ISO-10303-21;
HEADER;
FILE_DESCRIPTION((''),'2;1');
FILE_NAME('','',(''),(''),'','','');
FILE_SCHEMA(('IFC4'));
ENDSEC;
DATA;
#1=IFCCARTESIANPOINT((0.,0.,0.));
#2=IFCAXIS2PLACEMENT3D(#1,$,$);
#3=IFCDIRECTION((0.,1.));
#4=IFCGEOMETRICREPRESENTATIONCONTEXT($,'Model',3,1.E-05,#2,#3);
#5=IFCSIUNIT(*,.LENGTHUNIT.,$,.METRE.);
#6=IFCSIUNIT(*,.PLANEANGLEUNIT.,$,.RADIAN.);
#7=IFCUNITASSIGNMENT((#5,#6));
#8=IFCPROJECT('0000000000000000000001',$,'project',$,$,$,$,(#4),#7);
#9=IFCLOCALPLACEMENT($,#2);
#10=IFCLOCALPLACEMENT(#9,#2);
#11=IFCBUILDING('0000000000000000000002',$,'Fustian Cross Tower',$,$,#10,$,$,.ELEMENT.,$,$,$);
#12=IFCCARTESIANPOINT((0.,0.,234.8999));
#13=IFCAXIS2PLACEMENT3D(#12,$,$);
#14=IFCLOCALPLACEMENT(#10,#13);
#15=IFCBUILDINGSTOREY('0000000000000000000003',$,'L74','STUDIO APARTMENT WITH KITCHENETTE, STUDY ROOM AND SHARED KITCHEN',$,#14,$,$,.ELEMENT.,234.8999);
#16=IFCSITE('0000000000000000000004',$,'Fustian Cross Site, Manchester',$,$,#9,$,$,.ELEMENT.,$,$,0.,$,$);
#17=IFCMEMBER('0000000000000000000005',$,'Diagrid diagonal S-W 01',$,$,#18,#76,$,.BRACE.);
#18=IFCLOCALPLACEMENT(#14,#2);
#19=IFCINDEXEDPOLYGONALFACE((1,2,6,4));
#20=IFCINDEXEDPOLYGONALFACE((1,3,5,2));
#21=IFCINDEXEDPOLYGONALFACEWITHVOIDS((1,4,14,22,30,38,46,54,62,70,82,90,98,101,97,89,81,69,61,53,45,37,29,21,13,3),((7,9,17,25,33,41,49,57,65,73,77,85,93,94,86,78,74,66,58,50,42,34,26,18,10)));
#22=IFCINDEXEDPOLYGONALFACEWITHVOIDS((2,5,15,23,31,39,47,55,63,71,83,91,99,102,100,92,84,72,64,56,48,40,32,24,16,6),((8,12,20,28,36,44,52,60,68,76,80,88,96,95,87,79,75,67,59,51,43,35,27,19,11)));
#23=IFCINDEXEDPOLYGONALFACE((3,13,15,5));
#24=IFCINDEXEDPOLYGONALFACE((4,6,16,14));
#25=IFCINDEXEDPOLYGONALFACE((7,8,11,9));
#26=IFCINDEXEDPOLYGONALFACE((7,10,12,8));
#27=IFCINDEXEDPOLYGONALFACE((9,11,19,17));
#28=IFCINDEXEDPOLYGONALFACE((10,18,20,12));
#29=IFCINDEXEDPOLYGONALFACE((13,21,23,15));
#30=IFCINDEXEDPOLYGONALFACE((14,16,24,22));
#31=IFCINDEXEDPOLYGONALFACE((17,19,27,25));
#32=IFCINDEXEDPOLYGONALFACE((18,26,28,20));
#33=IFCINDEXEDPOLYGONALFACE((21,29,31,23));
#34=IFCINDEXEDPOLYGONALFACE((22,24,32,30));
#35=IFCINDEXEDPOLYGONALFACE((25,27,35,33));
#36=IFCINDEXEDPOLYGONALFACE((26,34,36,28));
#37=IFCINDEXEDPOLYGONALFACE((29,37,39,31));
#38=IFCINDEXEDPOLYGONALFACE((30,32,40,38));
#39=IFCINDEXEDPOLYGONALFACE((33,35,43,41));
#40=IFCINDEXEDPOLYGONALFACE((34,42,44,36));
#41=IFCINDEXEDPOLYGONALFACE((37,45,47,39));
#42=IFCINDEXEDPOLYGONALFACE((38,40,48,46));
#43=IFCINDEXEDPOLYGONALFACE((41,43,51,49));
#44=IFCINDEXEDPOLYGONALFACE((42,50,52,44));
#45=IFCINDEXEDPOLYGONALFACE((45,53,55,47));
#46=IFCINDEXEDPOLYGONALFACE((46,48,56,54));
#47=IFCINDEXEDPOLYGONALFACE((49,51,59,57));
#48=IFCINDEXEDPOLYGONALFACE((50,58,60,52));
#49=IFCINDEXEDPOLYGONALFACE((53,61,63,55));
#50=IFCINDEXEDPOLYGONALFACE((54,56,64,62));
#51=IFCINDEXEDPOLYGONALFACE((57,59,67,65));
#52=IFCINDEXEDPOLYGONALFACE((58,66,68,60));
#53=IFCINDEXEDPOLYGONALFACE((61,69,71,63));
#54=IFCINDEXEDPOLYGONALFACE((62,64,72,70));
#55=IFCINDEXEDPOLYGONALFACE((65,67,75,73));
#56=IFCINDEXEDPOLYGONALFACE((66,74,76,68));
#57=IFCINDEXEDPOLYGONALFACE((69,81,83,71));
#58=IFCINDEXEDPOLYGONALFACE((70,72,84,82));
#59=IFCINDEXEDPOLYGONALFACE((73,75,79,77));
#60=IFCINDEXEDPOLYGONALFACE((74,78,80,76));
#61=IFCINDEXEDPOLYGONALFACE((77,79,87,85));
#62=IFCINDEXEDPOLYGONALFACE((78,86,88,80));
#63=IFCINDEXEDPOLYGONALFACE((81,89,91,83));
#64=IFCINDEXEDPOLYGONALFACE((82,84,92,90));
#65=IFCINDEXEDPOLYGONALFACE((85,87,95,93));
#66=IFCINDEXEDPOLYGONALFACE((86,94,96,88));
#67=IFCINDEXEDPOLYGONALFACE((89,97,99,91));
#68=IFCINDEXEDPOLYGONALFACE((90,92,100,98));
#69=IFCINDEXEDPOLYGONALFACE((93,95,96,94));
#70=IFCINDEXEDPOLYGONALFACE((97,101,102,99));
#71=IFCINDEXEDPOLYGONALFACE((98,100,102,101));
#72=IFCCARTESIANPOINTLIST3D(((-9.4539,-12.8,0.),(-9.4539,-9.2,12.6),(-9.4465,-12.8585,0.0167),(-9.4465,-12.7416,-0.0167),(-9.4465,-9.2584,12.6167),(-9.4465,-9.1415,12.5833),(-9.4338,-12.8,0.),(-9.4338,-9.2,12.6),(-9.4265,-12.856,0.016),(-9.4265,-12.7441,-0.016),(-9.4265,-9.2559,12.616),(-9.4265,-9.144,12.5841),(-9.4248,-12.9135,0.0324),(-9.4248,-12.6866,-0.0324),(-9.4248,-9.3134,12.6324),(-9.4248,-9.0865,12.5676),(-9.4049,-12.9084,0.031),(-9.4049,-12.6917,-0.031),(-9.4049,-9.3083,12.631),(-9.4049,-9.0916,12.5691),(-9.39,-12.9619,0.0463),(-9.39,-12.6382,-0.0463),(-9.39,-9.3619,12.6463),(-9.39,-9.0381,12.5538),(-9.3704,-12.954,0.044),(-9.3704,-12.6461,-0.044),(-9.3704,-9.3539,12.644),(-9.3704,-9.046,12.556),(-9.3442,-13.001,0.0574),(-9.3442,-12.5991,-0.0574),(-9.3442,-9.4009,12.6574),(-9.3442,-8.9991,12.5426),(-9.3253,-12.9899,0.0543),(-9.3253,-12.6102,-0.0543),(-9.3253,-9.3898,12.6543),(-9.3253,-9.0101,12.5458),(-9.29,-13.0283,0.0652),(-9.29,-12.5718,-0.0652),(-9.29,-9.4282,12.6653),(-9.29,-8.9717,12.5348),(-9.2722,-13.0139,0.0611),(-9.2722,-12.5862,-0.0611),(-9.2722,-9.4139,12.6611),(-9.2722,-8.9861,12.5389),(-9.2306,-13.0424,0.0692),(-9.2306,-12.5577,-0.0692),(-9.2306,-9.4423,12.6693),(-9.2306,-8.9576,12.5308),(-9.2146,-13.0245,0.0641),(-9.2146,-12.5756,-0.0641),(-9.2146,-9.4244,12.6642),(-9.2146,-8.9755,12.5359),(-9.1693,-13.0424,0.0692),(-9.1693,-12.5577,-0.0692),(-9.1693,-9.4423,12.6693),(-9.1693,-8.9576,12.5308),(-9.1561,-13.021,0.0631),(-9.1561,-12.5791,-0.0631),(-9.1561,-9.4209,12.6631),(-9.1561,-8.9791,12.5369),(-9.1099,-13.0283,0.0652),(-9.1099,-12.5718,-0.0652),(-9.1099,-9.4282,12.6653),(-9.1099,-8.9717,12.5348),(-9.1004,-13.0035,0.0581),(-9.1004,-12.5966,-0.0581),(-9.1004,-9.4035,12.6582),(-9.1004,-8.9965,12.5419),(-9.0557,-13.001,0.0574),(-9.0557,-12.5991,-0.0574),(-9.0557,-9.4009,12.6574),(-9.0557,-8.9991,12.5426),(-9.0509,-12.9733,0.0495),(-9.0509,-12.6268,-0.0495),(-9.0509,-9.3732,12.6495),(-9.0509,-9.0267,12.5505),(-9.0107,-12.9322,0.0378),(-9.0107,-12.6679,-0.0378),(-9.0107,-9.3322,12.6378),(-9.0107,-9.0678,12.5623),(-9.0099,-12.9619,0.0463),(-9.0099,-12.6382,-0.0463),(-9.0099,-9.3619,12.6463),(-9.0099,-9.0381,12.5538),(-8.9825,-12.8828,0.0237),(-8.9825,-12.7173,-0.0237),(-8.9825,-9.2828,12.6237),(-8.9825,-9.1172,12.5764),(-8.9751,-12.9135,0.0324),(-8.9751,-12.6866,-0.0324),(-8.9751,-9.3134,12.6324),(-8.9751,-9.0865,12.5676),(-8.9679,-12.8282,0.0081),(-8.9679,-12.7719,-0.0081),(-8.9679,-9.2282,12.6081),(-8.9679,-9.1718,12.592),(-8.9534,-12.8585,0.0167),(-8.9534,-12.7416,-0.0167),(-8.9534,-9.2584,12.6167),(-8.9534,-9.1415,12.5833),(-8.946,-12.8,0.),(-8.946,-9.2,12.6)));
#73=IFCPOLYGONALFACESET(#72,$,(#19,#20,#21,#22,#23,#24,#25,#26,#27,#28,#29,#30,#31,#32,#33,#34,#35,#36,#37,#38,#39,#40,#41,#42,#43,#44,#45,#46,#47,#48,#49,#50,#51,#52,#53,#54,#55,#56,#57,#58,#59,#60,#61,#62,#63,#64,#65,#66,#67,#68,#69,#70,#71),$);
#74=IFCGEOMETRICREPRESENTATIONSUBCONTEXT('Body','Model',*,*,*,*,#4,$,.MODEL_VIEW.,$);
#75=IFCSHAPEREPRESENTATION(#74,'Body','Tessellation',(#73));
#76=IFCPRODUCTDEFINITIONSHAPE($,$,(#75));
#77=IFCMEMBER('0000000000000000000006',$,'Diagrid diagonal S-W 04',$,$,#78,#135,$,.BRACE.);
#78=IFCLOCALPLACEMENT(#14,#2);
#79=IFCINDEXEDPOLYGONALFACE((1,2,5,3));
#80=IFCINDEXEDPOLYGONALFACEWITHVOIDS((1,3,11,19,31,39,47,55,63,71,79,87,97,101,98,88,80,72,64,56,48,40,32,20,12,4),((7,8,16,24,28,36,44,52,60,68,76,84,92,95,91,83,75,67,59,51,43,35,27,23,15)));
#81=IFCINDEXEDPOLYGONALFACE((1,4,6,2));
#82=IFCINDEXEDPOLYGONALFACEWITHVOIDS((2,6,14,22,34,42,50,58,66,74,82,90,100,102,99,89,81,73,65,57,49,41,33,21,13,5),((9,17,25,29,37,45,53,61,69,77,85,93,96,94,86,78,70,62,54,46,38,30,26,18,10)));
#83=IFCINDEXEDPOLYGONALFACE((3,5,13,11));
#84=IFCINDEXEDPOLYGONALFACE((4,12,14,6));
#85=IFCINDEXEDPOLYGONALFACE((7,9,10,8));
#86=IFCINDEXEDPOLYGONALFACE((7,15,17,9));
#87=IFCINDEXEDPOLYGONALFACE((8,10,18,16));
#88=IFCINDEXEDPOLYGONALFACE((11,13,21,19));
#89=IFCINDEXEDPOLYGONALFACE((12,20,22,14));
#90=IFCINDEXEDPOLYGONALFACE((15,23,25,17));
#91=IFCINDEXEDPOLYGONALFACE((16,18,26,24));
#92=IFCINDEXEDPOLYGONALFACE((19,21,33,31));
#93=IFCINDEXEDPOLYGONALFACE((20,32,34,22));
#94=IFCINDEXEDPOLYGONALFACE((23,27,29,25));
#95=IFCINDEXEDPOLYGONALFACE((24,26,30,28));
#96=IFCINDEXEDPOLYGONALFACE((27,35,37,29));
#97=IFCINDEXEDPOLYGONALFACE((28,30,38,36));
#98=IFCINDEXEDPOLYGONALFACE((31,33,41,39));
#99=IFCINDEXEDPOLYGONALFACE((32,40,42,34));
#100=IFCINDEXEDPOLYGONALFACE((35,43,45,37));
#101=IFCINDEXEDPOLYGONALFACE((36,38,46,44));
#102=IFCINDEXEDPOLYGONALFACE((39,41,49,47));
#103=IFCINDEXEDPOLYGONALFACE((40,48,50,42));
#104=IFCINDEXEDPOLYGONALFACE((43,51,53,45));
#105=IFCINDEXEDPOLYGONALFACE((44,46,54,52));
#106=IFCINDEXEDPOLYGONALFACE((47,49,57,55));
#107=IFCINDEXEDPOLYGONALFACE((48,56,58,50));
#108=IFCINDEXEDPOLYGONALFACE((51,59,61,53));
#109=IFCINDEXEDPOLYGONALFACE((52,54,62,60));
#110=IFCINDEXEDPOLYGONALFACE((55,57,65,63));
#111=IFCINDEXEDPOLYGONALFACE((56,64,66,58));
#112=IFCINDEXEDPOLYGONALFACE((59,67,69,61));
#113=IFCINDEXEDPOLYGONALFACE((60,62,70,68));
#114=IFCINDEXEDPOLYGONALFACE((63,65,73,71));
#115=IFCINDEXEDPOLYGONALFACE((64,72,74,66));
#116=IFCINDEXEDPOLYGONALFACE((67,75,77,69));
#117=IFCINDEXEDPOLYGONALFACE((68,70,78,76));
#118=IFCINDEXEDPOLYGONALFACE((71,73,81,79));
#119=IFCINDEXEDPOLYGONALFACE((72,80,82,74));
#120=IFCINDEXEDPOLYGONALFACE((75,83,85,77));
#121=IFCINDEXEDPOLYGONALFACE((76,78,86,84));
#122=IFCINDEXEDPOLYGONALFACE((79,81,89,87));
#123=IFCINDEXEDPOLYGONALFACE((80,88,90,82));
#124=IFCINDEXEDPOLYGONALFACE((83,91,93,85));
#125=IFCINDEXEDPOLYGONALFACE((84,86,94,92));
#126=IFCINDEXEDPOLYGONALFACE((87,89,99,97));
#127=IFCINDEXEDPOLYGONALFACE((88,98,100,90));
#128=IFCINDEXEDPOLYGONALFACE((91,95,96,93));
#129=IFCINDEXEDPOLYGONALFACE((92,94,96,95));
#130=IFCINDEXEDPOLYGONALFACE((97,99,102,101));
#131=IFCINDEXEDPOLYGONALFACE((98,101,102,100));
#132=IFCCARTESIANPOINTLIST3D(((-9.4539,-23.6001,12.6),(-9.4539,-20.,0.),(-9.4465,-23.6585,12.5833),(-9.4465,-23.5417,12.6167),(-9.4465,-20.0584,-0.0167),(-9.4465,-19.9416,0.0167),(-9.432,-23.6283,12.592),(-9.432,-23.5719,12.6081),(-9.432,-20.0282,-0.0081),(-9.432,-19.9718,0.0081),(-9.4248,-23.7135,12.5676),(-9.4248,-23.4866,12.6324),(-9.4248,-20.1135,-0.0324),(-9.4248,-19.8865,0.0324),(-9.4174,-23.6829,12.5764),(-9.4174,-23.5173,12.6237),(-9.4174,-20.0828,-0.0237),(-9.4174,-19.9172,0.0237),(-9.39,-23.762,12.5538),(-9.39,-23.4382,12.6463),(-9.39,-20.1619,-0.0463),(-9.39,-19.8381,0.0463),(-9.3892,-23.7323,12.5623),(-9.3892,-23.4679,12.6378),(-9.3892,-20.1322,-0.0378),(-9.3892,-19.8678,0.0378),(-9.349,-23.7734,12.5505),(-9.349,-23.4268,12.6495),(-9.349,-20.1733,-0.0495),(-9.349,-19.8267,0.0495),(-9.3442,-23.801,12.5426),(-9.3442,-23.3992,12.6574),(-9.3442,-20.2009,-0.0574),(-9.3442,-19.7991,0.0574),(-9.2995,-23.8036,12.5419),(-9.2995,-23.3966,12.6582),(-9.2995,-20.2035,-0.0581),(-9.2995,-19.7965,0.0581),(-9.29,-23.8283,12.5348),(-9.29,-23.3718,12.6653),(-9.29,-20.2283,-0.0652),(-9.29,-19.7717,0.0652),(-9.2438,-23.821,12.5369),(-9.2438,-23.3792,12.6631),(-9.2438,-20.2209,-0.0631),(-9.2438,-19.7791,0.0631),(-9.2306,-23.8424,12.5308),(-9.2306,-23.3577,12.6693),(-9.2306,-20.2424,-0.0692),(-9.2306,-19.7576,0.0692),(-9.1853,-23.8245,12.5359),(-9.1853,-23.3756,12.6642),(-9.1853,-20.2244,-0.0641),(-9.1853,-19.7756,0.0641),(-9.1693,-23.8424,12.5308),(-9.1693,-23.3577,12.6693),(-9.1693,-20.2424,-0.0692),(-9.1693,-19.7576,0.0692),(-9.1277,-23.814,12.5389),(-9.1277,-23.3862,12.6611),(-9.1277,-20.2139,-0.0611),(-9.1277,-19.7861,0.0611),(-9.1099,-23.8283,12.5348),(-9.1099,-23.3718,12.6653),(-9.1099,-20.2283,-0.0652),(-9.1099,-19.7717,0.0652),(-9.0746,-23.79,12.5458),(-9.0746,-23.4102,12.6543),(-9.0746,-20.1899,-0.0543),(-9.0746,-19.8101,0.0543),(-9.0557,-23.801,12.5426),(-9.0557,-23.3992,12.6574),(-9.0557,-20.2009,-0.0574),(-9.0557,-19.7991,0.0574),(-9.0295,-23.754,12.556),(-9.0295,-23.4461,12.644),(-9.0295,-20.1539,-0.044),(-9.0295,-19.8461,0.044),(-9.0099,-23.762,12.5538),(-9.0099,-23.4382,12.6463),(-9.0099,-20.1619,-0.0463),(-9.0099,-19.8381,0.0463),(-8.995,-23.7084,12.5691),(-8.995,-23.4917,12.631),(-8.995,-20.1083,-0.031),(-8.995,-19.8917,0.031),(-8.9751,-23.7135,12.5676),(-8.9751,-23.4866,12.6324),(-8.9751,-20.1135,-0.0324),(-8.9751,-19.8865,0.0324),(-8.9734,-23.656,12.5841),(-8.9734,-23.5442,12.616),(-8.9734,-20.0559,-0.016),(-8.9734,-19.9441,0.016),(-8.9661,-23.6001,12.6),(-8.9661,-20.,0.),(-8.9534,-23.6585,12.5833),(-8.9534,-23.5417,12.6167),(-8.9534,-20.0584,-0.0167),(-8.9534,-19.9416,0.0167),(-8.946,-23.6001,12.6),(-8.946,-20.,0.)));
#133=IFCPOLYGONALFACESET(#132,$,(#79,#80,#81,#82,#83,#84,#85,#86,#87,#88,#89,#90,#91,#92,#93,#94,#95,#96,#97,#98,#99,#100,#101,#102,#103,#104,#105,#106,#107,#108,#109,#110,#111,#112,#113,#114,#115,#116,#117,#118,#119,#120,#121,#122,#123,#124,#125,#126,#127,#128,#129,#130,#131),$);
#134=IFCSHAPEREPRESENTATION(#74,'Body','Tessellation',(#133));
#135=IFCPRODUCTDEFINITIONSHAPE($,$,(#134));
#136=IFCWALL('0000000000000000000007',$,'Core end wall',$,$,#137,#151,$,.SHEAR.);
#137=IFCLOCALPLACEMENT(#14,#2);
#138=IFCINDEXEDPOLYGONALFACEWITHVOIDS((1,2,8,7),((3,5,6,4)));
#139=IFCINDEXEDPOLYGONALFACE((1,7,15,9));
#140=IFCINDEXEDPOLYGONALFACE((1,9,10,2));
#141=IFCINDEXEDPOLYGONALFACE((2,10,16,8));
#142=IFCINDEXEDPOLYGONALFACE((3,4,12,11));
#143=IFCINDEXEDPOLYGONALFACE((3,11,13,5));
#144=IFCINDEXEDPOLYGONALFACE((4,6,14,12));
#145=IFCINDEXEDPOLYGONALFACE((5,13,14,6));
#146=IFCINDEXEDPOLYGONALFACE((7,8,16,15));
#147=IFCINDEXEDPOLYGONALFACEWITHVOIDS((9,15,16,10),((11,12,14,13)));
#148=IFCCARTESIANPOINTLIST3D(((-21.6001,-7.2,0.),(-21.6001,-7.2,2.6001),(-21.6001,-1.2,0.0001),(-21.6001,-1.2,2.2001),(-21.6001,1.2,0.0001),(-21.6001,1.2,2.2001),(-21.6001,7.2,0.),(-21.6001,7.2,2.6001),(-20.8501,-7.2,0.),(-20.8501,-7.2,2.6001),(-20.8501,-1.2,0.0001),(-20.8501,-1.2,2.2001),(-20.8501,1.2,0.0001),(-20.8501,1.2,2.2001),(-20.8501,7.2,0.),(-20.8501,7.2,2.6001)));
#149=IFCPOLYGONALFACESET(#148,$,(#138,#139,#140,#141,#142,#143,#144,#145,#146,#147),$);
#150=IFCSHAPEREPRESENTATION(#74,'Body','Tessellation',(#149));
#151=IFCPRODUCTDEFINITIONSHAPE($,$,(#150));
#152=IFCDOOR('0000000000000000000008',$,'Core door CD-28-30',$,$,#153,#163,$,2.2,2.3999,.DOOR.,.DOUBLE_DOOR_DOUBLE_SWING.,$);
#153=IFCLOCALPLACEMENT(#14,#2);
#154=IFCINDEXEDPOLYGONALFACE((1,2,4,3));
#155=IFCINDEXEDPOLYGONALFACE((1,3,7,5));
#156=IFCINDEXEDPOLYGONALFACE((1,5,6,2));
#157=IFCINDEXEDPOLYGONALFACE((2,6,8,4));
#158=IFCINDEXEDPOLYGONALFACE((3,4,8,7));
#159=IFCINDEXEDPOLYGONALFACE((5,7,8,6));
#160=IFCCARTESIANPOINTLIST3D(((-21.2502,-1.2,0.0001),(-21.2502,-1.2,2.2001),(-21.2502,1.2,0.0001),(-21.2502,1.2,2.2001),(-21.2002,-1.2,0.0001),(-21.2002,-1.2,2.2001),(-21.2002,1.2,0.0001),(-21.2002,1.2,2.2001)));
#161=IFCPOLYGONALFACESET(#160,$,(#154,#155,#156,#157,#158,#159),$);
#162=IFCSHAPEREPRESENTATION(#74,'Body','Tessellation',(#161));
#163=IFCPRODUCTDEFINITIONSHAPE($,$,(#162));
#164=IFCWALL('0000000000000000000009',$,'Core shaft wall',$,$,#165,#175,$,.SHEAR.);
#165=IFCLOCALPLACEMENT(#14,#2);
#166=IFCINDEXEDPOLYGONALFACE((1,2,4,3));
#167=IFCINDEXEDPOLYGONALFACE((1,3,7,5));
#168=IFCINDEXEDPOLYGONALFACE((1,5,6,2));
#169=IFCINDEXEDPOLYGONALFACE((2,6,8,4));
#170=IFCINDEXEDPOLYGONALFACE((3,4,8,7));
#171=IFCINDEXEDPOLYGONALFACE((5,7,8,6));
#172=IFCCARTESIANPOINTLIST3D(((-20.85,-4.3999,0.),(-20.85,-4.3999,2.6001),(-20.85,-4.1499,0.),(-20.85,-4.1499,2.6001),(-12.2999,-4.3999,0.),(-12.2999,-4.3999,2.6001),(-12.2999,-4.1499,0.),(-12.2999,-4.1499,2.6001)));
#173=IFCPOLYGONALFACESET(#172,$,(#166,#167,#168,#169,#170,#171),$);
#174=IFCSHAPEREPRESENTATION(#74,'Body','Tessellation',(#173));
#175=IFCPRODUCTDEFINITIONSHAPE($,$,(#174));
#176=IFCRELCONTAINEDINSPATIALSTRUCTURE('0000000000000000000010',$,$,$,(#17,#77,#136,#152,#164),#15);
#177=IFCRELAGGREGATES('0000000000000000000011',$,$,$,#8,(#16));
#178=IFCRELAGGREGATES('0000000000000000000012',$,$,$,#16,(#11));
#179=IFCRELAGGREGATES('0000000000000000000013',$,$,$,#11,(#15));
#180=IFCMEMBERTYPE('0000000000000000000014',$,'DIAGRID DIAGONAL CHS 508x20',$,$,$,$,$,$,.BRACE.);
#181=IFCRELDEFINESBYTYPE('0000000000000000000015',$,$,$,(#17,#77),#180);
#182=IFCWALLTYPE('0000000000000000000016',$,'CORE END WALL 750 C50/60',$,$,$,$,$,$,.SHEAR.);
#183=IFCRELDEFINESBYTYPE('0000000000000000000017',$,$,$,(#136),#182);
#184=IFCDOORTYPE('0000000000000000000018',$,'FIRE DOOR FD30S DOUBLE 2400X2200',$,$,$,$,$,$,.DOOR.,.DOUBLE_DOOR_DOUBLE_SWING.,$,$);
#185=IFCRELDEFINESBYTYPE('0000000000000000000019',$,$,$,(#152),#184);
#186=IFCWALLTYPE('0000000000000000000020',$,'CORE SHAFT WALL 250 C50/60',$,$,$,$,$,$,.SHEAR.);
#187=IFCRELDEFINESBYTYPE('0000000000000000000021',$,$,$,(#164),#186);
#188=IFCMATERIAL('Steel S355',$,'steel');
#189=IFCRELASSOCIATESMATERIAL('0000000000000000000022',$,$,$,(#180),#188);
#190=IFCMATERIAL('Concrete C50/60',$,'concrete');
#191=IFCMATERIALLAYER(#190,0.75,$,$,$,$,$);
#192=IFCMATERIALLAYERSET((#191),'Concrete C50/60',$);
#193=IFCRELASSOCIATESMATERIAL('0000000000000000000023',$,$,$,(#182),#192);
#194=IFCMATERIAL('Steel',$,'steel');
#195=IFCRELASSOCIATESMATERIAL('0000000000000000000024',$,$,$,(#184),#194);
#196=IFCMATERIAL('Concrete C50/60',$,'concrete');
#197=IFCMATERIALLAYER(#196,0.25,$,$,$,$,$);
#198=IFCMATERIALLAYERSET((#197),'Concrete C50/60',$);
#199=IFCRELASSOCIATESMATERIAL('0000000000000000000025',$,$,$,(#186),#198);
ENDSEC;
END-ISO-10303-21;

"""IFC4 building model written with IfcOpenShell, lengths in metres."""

from ifc_helpers import new_model, si_unit, direction, frame, frame_2d, origin, origin_2d, place, context, subcontext, project, spatial, rectangle, hollow_circle, extrude, material, layer, layer_set, material_profile, profile_set, type_object, element, fill, save


model = new_model("IFC4")

# Units and contexts
model_context = context("Model", 3, precision=1e-05, world=origin(), true_north=direction((0.0, 1.0)))
body_context = subcontext(model_context, "Body", "Model", "MODEL_VIEW")
ifc_project = project(units=[si_unit("LENGTHUNIT", "METRE"), si_unit("PLANEANGLEUNIT", "RADIAN")], contexts=[model_context])

# Site, building, storey
site_placement = place(None, origin())
site = spatial("IfcSite", under=ifc_project, at=site_placement, Name="Fustian Cross Site, Manchester", CompositionType="ELEMENT", RefElevation=0.0)
building_placement = place(site_placement, origin())
building = spatial("IfcBuilding", under=site, at=building_placement, Name="Fustian Cross Tower", CompositionType="ELEMENT")
storey_placement = place(building_placement, frame((0.0, 0.0, 234.8999)))
storey = spatial("IfcBuildingStorey", under=building, at=storey_placement, Name="L74", Description="STUDIO APARTMENT WITH KITCHENETTE, STUDY ROOM AND SHARED KITCHEN", CompositionType="ELEMENT", Elevation=234.8999)

# Members
ifc_material_1 = material(Name="Steel S355", Category="steel")
ifc_material_profile_1 = material_profile(ifc_material_1, hollow_circle(Radius=0.2539, WallThickness=0.02, at=origin_2d()), Name="CHS 508x20")
ifc_profile_set_1 = profile_set([ifc_material_profile_1], Name="Steel S355")
member_type_1 = type_object("IfcMemberType", Name="DIAGRID DIAGONAL CHS 508x20", PredefinedType="BRACE", material=ifc_profile_set_1)
for number, where, z_axis, x_axis, name in (
    (1, (-9.2, -12.8, 0.0), (0.0, 0.274726, 0.961523), (-1.0, 0.0, 0.0), "Diagrid diagonal S-W 01"),
    (2, (-9.2, -20.0, 0.0), (0.0, -0.274726, 0.961523), (1.0, 0.0, 0.0), "Diagrid diagonal S-W 04"),
):
    element("IfcMember", number, at=place(storey_placement, frame(where, z_axis=z_axis, x_axis=x_axis)), inside=storey, type_object=member_type_1, Name=name, PredefinedType="BRACE", context=body_context, shape_type="SweptSolid", body=[
        extrude(hollow_circle(Radius=0.2539, WallThickness=0.02, at=origin_2d()), origin(), (0.0, 0.0, 1.0), 13.1042),
    ])

# Wall, opening, door
ifc_material_2 = material(Name="Concrete C50/60", Category="concrete")
ifc_layer_1 = layer(ifc_material_2, 0.75)
ifc_layer_set_1 = layer_set([ifc_layer_1], Name="Concrete C50/60")
wall_type_1 = type_object("IfcWallType", Name="CORE END WALL 750 C50/60", PredefinedType="SHEAR", material=ifc_layer_set_1)
wall_1_placement = place(storey_placement, frame((-21.2251, -7.2, 0.0), z_axis=(0.0, 0.0, 1.0), x_axis=(0.0, 1.0, 0.0)))
wall_1 = element("IfcWall", 3, at=wall_1_placement, inside=storey, type_object=wall_type_1, Name="Core end wall", PredefinedType="SHEAR", context=body_context, shape_type="SweptSolid", body=[
    extrude(rectangle(XDim=14.3999, YDim=0.75, at=frame_2d((7.2, 0.0))), origin(), (0.0, 0.0, 1.0), 2.6001),
])
opening_1_placement = place(wall_1_placement, frame((6.0, 0.0, 0.0)))
opening_1 = element("IfcOpeningElement", 4, at=opening_1_placement, cuts=wall_1, PredefinedType="OPENING", context=body_context, shape_type="SweptSolid", body=[
    extrude(rectangle(XDim=2.3999, YDim=2.2, at=frame_2d((1.2, 1.1001))), frame((0.0, 0.385, 0.0), z_axis=(0.0, -1.0, 0.0), x_axis=(1.0, 0.0, 0.0)), (0.0, 0.0, 1.0), 0.77),
])
ifc_material_3 = material(Name="Steel", Category="steel")
door_type_1 = type_object("IfcDoorType", Name="FIRE DOOR FD30S DOUBLE 2400X2200", OperationType="DOUBLE_DOOR_DOUBLE_SWING", PredefinedType="DOOR", material=ifc_material_3)
door_1_placement = place(opening_1_placement, frame((2.3999, 0.0, 0.0), z_axis=(0.0, 0.0, 1.0), x_axis=(-1.0, 0.0, 0.0)))
door_1 = element("IfcDoor", 5, at=door_1_placement, inside=storey, type_object=door_type_1, Name="Core door CD-28-30", OperationType="DOUBLE_DOOR_DOUBLE_SWING", OverallHeight=2.2, OverallWidth=2.3999, PredefinedType="DOOR", context=body_context, shape_type="SweptSolid", body=[
    extrude(rectangle(XDim=2.3999, YDim=2.2, at=frame_2d((1.2, 1.1001))), frame((0.0, 0.0249, 0.0), z_axis=(0.0, -1.0, 0.0), x_axis=(1.0, 0.0, 0.0)), (0.0, 0.0, 1.0), 0.05),
])
fill(opening_1, door_1)

# Wall
ifc_material_4 = material(Name="Concrete C50/60", Category="concrete")
ifc_layer_2 = layer(ifc_material_4, 0.25)
ifc_layer_set_2 = layer_set([ifc_layer_2], Name="Concrete C50/60")
wall_type_2 = type_object("IfcWallType", Name="CORE SHAFT WALL 250 C50/60", PredefinedType="SHEAR", material=ifc_layer_set_2)
wall_2_placement = place(storey_placement, frame((-12.3, -4.2749, 0.0), z_axis=(0.0, 0.0, 1.0), x_axis=(-1.0, 0.0, 0.0)))
element("IfcWall", 6, at=wall_2_placement, inside=storey, type_object=wall_type_2, Name="Core shaft wall", PredefinedType="SHEAR", context=body_context, shape_type="SweptSolid", body=[
    extrude(rectangle(XDim=8.55, YDim=0.25, at=frame_2d((4.2749, 0.0))), origin(), (0.0, 0.0, 1.0), 2.6001),
])

save(model, "model.ifc")
